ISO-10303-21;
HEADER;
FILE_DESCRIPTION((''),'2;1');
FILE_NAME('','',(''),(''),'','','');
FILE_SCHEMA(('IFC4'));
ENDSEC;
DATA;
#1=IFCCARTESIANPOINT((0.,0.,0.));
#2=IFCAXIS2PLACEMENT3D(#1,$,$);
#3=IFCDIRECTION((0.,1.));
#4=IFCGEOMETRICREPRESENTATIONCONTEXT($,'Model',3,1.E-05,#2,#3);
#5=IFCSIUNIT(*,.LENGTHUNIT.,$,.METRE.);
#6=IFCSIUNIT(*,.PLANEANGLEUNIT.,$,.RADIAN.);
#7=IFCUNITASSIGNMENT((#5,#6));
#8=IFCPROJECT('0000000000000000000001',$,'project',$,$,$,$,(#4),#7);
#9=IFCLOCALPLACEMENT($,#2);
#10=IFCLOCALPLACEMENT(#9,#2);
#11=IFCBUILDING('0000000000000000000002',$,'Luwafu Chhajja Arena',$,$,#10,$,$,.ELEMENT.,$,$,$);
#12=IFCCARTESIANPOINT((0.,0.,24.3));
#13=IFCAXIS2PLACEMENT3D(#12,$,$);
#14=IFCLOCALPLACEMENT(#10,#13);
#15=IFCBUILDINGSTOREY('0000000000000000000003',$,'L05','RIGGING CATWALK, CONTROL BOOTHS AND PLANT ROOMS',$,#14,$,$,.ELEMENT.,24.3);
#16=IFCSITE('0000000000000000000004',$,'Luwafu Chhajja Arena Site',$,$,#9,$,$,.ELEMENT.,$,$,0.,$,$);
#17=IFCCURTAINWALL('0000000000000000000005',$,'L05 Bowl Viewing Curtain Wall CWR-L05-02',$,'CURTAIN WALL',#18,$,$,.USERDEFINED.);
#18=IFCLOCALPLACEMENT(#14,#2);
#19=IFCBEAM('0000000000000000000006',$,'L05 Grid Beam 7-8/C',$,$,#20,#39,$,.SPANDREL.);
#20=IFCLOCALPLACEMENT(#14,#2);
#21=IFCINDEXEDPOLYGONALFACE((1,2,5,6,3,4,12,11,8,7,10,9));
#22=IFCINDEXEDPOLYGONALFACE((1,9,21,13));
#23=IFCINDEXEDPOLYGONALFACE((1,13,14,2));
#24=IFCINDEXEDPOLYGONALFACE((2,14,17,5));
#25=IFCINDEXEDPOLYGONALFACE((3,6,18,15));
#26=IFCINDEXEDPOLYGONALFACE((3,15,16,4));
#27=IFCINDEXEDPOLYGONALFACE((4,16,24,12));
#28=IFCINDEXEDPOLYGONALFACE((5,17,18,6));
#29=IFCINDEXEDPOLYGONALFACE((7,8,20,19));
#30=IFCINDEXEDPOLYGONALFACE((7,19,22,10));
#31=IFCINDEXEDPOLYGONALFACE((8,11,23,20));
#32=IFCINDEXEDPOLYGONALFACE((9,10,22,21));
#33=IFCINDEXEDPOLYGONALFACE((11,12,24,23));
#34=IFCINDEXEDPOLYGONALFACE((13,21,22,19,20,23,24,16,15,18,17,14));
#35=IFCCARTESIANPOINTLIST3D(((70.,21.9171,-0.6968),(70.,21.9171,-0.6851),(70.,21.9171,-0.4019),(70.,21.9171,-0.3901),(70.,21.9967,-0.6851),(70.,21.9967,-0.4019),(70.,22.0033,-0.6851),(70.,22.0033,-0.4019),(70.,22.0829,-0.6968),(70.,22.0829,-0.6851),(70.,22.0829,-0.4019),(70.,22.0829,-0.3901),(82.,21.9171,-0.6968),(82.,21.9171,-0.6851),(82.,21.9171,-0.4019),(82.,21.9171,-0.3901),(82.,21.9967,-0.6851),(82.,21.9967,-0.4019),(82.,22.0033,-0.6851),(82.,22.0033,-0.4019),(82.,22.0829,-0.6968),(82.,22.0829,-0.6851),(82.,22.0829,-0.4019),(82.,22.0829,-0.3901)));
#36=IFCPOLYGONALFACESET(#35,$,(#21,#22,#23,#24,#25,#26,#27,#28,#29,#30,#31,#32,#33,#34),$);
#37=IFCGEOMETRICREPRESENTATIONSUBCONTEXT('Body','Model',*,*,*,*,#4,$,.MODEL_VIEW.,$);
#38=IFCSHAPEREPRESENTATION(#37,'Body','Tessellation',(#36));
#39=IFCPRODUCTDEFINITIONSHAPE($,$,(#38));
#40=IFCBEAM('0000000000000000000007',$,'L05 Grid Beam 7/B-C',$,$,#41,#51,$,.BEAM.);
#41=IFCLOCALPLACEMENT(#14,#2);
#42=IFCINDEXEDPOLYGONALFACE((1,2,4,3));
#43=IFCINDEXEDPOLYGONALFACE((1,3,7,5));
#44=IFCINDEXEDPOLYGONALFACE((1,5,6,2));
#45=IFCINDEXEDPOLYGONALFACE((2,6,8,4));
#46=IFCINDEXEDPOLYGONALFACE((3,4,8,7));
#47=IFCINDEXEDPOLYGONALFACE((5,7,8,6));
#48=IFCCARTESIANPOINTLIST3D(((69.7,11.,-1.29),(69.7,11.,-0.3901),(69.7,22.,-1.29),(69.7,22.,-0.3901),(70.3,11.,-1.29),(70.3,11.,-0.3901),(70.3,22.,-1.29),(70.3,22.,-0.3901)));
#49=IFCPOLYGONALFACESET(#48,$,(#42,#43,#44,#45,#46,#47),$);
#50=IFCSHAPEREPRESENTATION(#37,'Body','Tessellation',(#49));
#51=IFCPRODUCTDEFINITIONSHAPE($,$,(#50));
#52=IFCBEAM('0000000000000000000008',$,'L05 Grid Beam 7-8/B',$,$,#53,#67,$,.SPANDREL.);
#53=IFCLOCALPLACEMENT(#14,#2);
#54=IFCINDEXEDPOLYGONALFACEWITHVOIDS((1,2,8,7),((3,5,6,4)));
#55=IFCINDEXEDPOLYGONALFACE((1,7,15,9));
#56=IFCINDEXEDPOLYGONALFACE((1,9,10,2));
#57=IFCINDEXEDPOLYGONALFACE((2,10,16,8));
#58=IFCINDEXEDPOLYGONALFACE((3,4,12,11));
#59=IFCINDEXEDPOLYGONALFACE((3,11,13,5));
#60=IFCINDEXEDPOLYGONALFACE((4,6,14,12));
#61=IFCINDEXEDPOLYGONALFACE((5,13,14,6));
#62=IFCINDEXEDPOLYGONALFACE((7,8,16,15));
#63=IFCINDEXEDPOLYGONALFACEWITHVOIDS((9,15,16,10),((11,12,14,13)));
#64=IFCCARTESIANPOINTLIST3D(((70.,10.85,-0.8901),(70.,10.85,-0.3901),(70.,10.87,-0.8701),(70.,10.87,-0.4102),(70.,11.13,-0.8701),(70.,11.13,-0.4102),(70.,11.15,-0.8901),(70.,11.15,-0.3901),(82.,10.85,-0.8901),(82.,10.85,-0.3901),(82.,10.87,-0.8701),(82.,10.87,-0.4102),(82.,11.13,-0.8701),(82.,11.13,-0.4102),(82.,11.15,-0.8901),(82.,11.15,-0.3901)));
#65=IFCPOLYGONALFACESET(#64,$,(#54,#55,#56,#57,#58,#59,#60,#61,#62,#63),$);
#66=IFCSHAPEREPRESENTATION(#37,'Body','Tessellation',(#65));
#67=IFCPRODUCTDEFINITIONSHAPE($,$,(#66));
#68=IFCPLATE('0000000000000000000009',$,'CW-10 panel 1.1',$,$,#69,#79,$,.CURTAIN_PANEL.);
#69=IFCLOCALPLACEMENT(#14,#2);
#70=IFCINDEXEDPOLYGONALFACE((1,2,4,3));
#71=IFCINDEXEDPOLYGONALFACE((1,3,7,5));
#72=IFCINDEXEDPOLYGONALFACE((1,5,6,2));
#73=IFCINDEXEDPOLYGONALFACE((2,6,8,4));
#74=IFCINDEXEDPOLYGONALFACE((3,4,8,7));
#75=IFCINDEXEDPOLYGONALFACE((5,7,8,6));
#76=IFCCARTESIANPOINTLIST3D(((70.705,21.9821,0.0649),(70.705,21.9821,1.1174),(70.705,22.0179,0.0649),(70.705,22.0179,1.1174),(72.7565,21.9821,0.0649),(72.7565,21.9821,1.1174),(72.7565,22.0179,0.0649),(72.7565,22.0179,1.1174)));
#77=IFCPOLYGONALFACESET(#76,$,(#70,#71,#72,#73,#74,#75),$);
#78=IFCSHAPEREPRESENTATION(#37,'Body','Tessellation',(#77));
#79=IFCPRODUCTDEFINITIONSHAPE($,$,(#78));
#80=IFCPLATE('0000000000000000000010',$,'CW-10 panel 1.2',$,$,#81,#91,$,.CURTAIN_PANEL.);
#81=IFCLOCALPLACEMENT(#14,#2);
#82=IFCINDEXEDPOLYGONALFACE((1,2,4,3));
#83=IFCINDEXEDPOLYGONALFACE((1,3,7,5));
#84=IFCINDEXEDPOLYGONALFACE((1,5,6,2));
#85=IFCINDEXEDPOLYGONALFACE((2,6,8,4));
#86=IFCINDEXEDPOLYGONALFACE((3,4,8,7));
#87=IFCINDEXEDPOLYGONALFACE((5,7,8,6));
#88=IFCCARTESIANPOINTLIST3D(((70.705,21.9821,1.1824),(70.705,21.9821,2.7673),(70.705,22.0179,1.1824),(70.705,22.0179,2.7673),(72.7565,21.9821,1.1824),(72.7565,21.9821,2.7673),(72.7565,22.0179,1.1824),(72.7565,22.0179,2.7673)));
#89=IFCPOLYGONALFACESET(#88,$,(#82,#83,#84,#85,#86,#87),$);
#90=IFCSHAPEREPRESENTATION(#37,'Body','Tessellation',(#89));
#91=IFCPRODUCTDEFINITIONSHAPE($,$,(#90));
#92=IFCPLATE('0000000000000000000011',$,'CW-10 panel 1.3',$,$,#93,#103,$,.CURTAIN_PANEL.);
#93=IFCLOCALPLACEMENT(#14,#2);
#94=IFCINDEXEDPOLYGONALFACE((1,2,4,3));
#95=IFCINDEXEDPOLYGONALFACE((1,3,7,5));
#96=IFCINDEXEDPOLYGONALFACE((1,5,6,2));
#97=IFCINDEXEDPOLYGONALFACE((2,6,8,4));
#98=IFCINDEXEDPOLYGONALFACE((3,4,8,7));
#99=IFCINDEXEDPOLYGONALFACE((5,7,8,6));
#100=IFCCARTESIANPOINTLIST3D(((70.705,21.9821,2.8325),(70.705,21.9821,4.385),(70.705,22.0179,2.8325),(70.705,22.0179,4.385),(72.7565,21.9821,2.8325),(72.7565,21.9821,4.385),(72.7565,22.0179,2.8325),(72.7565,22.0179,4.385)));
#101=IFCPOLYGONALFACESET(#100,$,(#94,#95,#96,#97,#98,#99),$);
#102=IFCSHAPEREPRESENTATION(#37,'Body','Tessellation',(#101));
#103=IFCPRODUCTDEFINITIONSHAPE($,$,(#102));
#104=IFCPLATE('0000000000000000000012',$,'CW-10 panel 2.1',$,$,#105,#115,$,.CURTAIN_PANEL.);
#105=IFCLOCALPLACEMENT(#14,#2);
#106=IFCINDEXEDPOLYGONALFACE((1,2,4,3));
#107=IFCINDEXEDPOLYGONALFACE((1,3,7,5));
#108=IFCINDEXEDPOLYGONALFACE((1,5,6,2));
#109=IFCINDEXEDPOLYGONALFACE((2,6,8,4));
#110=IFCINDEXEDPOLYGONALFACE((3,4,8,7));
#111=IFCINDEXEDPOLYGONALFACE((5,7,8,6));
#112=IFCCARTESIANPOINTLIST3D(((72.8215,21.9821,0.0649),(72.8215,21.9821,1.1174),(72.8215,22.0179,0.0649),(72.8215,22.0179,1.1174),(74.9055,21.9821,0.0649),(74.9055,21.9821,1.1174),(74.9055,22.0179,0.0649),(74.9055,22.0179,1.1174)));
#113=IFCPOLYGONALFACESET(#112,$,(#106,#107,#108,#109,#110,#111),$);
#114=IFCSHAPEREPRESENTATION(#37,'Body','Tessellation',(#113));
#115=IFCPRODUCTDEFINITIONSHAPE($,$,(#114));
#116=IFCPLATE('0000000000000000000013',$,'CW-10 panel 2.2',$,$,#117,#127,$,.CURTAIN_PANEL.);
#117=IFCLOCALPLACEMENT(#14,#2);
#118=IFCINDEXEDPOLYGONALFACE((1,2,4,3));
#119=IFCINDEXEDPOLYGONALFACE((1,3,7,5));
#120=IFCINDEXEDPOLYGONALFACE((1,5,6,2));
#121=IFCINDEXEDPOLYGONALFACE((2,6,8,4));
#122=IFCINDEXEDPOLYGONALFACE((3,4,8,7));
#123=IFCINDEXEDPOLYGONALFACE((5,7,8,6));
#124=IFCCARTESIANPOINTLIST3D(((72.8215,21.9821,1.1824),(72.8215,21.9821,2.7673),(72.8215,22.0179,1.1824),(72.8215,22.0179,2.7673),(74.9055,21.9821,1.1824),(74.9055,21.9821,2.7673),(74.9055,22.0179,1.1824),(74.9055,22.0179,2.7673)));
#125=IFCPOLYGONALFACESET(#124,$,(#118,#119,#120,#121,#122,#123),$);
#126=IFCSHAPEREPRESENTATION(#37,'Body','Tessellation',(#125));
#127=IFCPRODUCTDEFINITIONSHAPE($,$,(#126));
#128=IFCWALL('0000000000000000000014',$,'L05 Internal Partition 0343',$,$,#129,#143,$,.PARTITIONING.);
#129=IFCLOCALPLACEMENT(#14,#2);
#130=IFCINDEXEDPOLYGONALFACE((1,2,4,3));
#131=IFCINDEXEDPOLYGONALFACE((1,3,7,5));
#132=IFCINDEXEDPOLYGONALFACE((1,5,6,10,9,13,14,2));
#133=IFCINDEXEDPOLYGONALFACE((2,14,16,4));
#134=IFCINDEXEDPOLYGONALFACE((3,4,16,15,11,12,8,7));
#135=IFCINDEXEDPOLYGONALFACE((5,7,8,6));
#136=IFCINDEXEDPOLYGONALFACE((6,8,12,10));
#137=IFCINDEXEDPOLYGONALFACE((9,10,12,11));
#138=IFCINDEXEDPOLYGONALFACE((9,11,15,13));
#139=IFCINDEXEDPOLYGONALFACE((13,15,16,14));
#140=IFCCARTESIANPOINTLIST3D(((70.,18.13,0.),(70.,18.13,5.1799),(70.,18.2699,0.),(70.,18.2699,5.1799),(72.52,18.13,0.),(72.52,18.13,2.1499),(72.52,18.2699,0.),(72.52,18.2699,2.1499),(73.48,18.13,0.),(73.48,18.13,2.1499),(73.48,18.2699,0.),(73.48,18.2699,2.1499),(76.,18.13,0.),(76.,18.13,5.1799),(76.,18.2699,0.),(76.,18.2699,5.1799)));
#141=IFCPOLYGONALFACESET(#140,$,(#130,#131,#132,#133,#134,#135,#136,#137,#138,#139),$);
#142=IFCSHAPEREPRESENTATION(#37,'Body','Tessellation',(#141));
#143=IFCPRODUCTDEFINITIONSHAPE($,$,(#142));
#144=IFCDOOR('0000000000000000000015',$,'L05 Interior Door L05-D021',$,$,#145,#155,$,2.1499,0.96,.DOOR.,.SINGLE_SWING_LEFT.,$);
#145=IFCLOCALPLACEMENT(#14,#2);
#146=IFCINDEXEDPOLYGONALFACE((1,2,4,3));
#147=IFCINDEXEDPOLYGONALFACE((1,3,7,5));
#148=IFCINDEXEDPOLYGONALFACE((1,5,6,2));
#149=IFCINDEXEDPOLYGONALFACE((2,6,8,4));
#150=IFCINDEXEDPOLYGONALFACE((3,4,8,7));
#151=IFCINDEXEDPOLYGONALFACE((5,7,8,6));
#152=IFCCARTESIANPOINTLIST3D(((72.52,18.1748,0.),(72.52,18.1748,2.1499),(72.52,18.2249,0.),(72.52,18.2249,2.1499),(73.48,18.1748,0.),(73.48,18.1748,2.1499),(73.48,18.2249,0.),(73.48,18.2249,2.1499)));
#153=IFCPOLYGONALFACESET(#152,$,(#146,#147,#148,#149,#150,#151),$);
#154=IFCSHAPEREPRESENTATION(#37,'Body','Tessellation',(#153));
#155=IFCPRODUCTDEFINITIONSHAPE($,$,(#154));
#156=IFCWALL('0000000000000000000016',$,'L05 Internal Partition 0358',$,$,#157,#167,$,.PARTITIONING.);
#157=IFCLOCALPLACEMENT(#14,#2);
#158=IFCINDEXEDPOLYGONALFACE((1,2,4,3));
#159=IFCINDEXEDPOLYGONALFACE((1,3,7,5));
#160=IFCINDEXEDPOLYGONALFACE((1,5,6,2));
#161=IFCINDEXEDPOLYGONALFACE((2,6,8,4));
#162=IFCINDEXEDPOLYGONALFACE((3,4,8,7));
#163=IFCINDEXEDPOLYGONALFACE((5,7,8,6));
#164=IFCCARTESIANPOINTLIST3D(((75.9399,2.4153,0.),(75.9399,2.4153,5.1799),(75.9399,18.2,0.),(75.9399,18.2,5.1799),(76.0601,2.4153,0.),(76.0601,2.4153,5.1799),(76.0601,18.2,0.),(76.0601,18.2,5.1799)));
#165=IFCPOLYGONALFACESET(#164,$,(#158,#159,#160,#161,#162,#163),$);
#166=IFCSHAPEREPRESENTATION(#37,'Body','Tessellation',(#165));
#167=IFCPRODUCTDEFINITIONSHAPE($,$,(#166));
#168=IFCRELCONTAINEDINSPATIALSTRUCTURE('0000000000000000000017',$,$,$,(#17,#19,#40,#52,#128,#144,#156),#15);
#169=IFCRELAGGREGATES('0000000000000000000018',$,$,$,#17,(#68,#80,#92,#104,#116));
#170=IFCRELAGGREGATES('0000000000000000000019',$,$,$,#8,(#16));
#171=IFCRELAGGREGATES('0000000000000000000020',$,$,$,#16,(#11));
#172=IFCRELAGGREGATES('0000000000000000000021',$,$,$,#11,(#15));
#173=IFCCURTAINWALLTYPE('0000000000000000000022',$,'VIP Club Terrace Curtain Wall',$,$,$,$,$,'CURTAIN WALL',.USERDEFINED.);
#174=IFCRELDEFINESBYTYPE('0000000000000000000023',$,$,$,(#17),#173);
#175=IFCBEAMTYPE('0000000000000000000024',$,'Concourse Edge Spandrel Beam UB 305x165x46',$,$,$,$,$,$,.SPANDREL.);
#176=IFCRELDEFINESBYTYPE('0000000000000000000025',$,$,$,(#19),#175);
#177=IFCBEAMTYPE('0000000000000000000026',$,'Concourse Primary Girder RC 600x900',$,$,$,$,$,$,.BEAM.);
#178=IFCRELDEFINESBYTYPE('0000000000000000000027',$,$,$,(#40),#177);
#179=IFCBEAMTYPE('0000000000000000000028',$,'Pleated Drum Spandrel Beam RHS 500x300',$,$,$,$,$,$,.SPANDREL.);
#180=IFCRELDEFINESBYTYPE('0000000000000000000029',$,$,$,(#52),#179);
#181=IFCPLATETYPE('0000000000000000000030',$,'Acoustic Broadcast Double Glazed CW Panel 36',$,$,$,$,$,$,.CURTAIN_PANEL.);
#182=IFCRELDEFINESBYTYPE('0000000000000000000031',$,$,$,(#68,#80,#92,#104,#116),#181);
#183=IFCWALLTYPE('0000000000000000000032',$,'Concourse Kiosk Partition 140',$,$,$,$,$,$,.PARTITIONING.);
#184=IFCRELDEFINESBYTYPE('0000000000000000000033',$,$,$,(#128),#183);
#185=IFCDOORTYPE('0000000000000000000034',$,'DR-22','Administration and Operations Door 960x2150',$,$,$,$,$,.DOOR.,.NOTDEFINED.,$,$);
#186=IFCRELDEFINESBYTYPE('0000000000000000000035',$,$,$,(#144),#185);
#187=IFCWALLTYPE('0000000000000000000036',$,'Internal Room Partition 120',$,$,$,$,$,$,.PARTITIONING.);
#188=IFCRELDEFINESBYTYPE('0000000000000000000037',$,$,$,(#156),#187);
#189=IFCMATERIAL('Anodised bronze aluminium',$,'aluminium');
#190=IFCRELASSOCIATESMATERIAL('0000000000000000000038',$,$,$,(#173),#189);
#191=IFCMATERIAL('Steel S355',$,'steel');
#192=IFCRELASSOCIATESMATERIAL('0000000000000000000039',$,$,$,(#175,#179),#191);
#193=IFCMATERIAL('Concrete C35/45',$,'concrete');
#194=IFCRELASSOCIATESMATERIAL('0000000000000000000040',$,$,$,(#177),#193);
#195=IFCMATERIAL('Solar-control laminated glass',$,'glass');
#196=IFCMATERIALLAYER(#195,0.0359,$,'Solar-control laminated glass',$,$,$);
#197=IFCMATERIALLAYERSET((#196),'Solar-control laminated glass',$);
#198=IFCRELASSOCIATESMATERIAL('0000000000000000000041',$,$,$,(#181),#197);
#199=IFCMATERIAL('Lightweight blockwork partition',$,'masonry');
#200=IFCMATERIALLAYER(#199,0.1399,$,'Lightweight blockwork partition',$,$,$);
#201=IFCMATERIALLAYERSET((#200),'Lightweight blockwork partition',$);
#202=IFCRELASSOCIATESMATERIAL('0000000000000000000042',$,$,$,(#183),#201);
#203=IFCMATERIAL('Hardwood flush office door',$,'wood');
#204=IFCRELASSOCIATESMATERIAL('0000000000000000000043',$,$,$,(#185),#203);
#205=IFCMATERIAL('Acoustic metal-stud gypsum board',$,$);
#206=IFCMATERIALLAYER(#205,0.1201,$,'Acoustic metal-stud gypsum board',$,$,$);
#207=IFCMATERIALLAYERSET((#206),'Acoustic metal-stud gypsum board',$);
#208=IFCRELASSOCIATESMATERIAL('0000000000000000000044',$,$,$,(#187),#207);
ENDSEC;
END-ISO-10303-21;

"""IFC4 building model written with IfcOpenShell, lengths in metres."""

from ifc_helpers import new_model, si_unit, direction, frame, frame_2d, origin, origin_2d, place, context, subcontext, project, spatial, rectangle, hollow_rectangle, i_section, extrude, material, layer, layer_set, material_profile, profile_set, type_object, element, fill, aggregate, save


model = new_model("IFC4")

# Units and contexts
model_context = context("Model", 3, precision=1e-05, world=origin(), true_north=direction((0.0, 1.0)))
body_context = subcontext(model_context, "Body", "Model", "MODEL_VIEW")
ifc_project = project(units=[si_unit("LENGTHUNIT", "METRE"), si_unit("PLANEANGLEUNIT", "RADIAN")], contexts=[model_context])

# Site, building, storey
site_placement = place(None, origin())
site = spatial("IfcSite", under=ifc_project, at=site_placement, Name="Luwafu Chhajja Arena Site", CompositionType="ELEMENT", RefElevation=0.0)
building_placement = place(site_placement, origin())
building = spatial("IfcBuilding", under=site, at=building_placement, Name="Luwafu Chhajja Arena", CompositionType="ELEMENT")
storey_placement = place(building_placement, frame((0.0, 0.0, 24.3)))
storey = spatial("IfcBuildingStorey", under=building, at=storey_placement, Name="L05", Description="RIGGING CATWALK, CONTROL BOOTHS AND PLANT ROOMS", CompositionType="ELEMENT", Elevation=24.3)

# Shared definitions
ifc_material_1 = material(Name="Anodised bronze aluminium", Category="aluminium")
curtain_wall_type = type_object("IfcCurtainWallType", Name="VIP Club Terrace Curtain Wall", ElementType="CURTAIN WALL", PredefinedType="USERDEFINED", material=ifc_material_1)

# Curtain wall
curtain_wall_1_placement = place(storey_placement, origin())
curtain_wall_1 = element("IfcCurtainWall", 1, at=curtain_wall_1_placement, inside=storey, type_object=curtain_wall_type, Name="L05 Bowl Viewing Curtain Wall CWR-L05-02", ObjectType="CURTAIN WALL", PredefinedType="USERDEFINED")

# Beams
ifc_material_2 = material(Name="Steel S355", Category="steel")
ifc_material_profile_1 = material_profile(ifc_material_2, i_section(OverallWidth=0.1658, OverallDepth=0.3066, WebThickness=0.0066, FlangeThickness=0.0117, at=origin_2d()), Name="UB 305x165x46")
ifc_profile_set_1 = profile_set([ifc_material_profile_1], Name="Steel S355")
beam_type_1 = type_object("IfcBeamType", Name="Concourse Edge Spandrel Beam UB 305x165x46", PredefinedType="SPANDREL", material=ifc_profile_set_1)
beam_1_placement = place(storey_placement, frame((70.0, 22.0, -0.5435), z_axis=(1.0, 0.0, 0.0), x_axis=(0.0, 1.0, 0.0)))
element("IfcBeam", 2, at=beam_1_placement, inside=storey, type_object=beam_type_1, Name="L05 Grid Beam 7-8/C", PredefinedType="SPANDREL", context=body_context, shape_type="SweptSolid", body=[
    extrude(i_section(OverallWidth=0.1658, OverallDepth=0.3066, WebThickness=0.0066, FlangeThickness=0.0117, at=origin_2d()), origin(), (0.0, 0.0, 1.0), 12.0),
])
ifc_material_3 = material(Name="Concrete C35/45", Category="concrete")
ifc_material_profile_2 = material_profile(ifc_material_3, rectangle(XDim=0.6001, YDim=0.8999, at=origin_2d()), Name="RC 600x900")
ifc_profile_set_2 = profile_set([ifc_material_profile_2], Name="Concrete C35/45")
beam_type_2 = type_object("IfcBeamType", Name="Concourse Primary Girder RC 600x900", PredefinedType="BEAM", material=ifc_profile_set_2)
beam_2_placement = place(storey_placement, frame((70.0, 11.0, -0.8401), z_axis=(0.0, 1.0, 0.0), x_axis=(-1.0, 0.0, 0.0)))
element("IfcBeam", 3, at=beam_2_placement, inside=storey, type_object=beam_type_2, Name="L05 Grid Beam 7/B-C", PredefinedType="BEAM", context=body_context, shape_type="SweptSolid", body=[
    extrude(rectangle(XDim=0.6001, YDim=0.8999, at=origin_2d()), origin(), (0.0, 0.0, 1.0), 11.0),
])
ifc_material_profile_3 = material_profile(ifc_material_2, hollow_rectangle(XDim=0.3, YDim=0.5, WallThickness=0.02, at=origin_2d()), Name="RHS 500x300x20")
ifc_profile_set_3 = profile_set([ifc_material_profile_3], Name="Steel S355")
beam_type_3 = type_object("IfcBeamType", Name="Pleated Drum Spandrel Beam RHS 500x300", PredefinedType="SPANDREL", material=ifc_profile_set_3)
beam_3_placement = place(storey_placement, frame((70.0, 11.0, -0.6401), z_axis=(1.0, 0.0, 0.0), x_axis=(0.0, 1.0, 0.0)))
element("IfcBeam", 4, at=beam_3_placement, inside=storey, type_object=beam_type_3, Name="L05 Grid Beam 7-8/B", PredefinedType="SPANDREL", context=body_context, shape_type="SweptSolid", body=[
    extrude(hollow_rectangle(XDim=0.3, YDim=0.5, WallThickness=0.02, at=origin_2d()), origin(), (0.0, 0.0, 1.0), 12.0),
])

# Plates
ifc_material_4 = material(Name="Solar-control laminated glass", Category="glass")
ifc_layer_1 = layer(ifc_material_4, 0.0359, Name="Solar-control laminated glass")
ifc_layer_set_1 = layer_set([ifc_layer_1], Name="Solar-control laminated glass")
plate_type = type_object("IfcPlateType", Name="Acoustic Broadcast Double Glazed CW Panel 36", PredefinedType="CURTAIN_PANEL", material=ifc_layer_set_1)
plate_1_placement = place(storey_placement, frame((71.7307, 22.0, 0.0649), z_axis=(0.0, 0.0, 1.0), x_axis=(1.0, 0.0, 0.0)))
plate_1 = element("IfcPlate", 5, at=plate_1_placement, type_object=plate_type, Name="CW-10 panel 1.1", PredefinedType="CURTAIN_PANEL", context=body_context, shape_type="SweptSolid", body=[
    extrude(rectangle(XDim=2.0515, YDim=0.0359, at=origin_2d()), origin(), (0.0, 0.0, 1.0), 1.0525),
])
plate_2_placement = place(storey_placement, frame((71.7307, 22.0, 1.1824), z_axis=(0.0, 0.0, 1.0), x_axis=(1.0, 0.0, 0.0)))
plate_2 = element("IfcPlate", 6, at=plate_2_placement, type_object=plate_type, Name="CW-10 panel 1.2", PredefinedType="CURTAIN_PANEL", context=body_context, shape_type="SweptSolid", body=[
    extrude(rectangle(XDim=2.0515, YDim=0.0359, at=origin_2d()), origin(), (0.0, 0.0, 1.0), 1.585),
])
plate_3_placement = place(storey_placement, frame((71.7307, 22.0, 2.8325), z_axis=(0.0, 0.0, 1.0), x_axis=(1.0, 0.0, 0.0)))
plate_3 = element("IfcPlate", 7, at=plate_3_placement, type_object=plate_type, Name="CW-10 panel 1.3", PredefinedType="CURTAIN_PANEL", context=body_context, shape_type="SweptSolid", body=[
    extrude(rectangle(XDim=2.0515, YDim=0.0359, at=origin_2d()), origin(), (0.0, 0.0, 1.0), 1.5525),
])
plate_4_placement = place(storey_placement, frame((73.8635, 22.0, 0.0649), z_axis=(0.0, 0.0, 1.0), x_axis=(1.0, 0.0, 0.0)))
plate_4 = element("IfcPlate", 8, at=plate_4_placement, type_object=plate_type, Name="CW-10 panel 2.1", PredefinedType="CURTAIN_PANEL", context=body_context, shape_type="SweptSolid", body=[
    extrude(rectangle(XDim=2.084, YDim=0.0359, at=origin_2d()), origin(), (0.0, 0.0, 1.0), 1.0525),
])
plate_5_placement = place(storey_placement, frame((73.8635, 22.0, 1.1824), z_axis=(0.0, 0.0, 1.0), x_axis=(1.0, 0.0, 0.0)))
plate_5 = element("IfcPlate", 9, at=plate_5_placement, type_object=plate_type, Name="CW-10 panel 2.2", PredefinedType="CURTAIN_PANEL", context=body_context, shape_type="SweptSolid", body=[
    extrude(rectangle(XDim=2.084, YDim=0.0359, at=origin_2d()), origin(), (0.0, 0.0, 1.0), 1.585),
])
aggregate(curtain_wall_1, [plate_1, plate_2, plate_3, plate_4, plate_5])

# Wall, opening, door
ifc_material_5 = material(Name="Lightweight blockwork partition", Category="masonry")
ifc_layer_2 = layer(ifc_material_5, 0.1399, Name="Lightweight blockwork partition")
ifc_layer_set_2 = layer_set([ifc_layer_2], Name="Lightweight blockwork partition")
wall_type_1 = type_object("IfcWallType", Name="Concourse Kiosk Partition 140", PredefinedType="PARTITIONING", material=ifc_layer_set_2)
wall_1_placement = place(storey_placement, frame((70.0, 18.2, 0.0), z_axis=(0.0, 0.0, 1.0), x_axis=(1.0, 0.0, 0.0)))
wall_1 = element("IfcWall", 10, at=wall_1_placement, inside=storey, type_object=wall_type_1, Name="L05 Internal Partition 0343", PredefinedType="PARTITIONING", context=body_context, shape_type="SweptSolid", body=[
    extrude(rectangle(XDim=6.0, YDim=0.1399, at=frame_2d((3.0, 0.0))), origin(), (0.0, 0.0, 1.0), 5.1799),
])
opening_1_placement = place(wall_1_placement, frame((2.52, 0.0, 0.0)))
opening_1 = element("IfcOpeningElement", 11, at=opening_1_placement, cuts=wall_1, PredefinedType="OPENING", context=body_context, shape_type="SweptSolid", body=[
    extrude(rectangle(XDim=0.96, YDim=2.1499, at=frame_2d((0.48, 1.075))), frame((0.0, 0.0798, 0.0), z_axis=(0.0, -1.0, 0.0), x_axis=(1.0, 0.0, 0.0)), (0.0, 0.0, 1.0), 0.1599),
])
ifc_material_6 = material(Name="Hardwood flush office door", Category="wood")
door_type = type_object("IfcDoorType", Name="DR-22", Description="Administration and Operations Door 960x2150", OperationType="NOTDEFINED", PredefinedType="DOOR", material=ifc_material_6)
door_placement = place(opening_1_placement, origin())
door = element("IfcDoor", 12, at=door_placement, inside=storey, type_object=door_type, Name="L05 Interior Door L05-D021", OperationType="SINGLE_SWING_LEFT", OverallHeight=2.1499, OverallWidth=0.96, PredefinedType="DOOR", context=body_context, shape_type="SweptSolid", body=[
    extrude(rectangle(XDim=0.96, YDim=2.1499, at=frame_2d((0.48, 1.075))), frame((0.0, 0.0249, 0.0), z_axis=(0.0, -1.0, 0.0), x_axis=(1.0, 0.0, 0.0)), (0.0, 0.0, 1.0), 0.05),
])
fill(opening_1, door)

# Wall
ifc_material_7 = material(Name="Acoustic metal-stud gypsum board")
ifc_layer_3 = layer(ifc_material_7, 0.1201, Name="Acoustic metal-stud gypsum board")
ifc_layer_set_3 = layer_set([ifc_layer_3], Name="Acoustic metal-stud gypsum board")
wall_type_2 = type_object("IfcWallType", Name="Internal Room Partition 120", PredefinedType="PARTITIONING", material=ifc_layer_set_3)
wall_2_placement = place(storey_placement, frame((76.0, 2.4153, 0.0), z_axis=(0.0, 0.0, 1.0), x_axis=(0.0, 1.0, 0.0)))
element("IfcWall", 13, at=wall_2_placement, inside=storey, type_object=wall_type_2, Name="L05 Internal Partition 0358", PredefinedType="PARTITIONING", context=body_context, shape_type="SweptSolid", body=[
    extrude(rectangle(XDim=15.7847, YDim=0.1201, at=frame_2d((7.8923, 0.0))), origin(), (0.0, 0.0, 1.0), 5.1799),
])

save(model, "model.ifc")
